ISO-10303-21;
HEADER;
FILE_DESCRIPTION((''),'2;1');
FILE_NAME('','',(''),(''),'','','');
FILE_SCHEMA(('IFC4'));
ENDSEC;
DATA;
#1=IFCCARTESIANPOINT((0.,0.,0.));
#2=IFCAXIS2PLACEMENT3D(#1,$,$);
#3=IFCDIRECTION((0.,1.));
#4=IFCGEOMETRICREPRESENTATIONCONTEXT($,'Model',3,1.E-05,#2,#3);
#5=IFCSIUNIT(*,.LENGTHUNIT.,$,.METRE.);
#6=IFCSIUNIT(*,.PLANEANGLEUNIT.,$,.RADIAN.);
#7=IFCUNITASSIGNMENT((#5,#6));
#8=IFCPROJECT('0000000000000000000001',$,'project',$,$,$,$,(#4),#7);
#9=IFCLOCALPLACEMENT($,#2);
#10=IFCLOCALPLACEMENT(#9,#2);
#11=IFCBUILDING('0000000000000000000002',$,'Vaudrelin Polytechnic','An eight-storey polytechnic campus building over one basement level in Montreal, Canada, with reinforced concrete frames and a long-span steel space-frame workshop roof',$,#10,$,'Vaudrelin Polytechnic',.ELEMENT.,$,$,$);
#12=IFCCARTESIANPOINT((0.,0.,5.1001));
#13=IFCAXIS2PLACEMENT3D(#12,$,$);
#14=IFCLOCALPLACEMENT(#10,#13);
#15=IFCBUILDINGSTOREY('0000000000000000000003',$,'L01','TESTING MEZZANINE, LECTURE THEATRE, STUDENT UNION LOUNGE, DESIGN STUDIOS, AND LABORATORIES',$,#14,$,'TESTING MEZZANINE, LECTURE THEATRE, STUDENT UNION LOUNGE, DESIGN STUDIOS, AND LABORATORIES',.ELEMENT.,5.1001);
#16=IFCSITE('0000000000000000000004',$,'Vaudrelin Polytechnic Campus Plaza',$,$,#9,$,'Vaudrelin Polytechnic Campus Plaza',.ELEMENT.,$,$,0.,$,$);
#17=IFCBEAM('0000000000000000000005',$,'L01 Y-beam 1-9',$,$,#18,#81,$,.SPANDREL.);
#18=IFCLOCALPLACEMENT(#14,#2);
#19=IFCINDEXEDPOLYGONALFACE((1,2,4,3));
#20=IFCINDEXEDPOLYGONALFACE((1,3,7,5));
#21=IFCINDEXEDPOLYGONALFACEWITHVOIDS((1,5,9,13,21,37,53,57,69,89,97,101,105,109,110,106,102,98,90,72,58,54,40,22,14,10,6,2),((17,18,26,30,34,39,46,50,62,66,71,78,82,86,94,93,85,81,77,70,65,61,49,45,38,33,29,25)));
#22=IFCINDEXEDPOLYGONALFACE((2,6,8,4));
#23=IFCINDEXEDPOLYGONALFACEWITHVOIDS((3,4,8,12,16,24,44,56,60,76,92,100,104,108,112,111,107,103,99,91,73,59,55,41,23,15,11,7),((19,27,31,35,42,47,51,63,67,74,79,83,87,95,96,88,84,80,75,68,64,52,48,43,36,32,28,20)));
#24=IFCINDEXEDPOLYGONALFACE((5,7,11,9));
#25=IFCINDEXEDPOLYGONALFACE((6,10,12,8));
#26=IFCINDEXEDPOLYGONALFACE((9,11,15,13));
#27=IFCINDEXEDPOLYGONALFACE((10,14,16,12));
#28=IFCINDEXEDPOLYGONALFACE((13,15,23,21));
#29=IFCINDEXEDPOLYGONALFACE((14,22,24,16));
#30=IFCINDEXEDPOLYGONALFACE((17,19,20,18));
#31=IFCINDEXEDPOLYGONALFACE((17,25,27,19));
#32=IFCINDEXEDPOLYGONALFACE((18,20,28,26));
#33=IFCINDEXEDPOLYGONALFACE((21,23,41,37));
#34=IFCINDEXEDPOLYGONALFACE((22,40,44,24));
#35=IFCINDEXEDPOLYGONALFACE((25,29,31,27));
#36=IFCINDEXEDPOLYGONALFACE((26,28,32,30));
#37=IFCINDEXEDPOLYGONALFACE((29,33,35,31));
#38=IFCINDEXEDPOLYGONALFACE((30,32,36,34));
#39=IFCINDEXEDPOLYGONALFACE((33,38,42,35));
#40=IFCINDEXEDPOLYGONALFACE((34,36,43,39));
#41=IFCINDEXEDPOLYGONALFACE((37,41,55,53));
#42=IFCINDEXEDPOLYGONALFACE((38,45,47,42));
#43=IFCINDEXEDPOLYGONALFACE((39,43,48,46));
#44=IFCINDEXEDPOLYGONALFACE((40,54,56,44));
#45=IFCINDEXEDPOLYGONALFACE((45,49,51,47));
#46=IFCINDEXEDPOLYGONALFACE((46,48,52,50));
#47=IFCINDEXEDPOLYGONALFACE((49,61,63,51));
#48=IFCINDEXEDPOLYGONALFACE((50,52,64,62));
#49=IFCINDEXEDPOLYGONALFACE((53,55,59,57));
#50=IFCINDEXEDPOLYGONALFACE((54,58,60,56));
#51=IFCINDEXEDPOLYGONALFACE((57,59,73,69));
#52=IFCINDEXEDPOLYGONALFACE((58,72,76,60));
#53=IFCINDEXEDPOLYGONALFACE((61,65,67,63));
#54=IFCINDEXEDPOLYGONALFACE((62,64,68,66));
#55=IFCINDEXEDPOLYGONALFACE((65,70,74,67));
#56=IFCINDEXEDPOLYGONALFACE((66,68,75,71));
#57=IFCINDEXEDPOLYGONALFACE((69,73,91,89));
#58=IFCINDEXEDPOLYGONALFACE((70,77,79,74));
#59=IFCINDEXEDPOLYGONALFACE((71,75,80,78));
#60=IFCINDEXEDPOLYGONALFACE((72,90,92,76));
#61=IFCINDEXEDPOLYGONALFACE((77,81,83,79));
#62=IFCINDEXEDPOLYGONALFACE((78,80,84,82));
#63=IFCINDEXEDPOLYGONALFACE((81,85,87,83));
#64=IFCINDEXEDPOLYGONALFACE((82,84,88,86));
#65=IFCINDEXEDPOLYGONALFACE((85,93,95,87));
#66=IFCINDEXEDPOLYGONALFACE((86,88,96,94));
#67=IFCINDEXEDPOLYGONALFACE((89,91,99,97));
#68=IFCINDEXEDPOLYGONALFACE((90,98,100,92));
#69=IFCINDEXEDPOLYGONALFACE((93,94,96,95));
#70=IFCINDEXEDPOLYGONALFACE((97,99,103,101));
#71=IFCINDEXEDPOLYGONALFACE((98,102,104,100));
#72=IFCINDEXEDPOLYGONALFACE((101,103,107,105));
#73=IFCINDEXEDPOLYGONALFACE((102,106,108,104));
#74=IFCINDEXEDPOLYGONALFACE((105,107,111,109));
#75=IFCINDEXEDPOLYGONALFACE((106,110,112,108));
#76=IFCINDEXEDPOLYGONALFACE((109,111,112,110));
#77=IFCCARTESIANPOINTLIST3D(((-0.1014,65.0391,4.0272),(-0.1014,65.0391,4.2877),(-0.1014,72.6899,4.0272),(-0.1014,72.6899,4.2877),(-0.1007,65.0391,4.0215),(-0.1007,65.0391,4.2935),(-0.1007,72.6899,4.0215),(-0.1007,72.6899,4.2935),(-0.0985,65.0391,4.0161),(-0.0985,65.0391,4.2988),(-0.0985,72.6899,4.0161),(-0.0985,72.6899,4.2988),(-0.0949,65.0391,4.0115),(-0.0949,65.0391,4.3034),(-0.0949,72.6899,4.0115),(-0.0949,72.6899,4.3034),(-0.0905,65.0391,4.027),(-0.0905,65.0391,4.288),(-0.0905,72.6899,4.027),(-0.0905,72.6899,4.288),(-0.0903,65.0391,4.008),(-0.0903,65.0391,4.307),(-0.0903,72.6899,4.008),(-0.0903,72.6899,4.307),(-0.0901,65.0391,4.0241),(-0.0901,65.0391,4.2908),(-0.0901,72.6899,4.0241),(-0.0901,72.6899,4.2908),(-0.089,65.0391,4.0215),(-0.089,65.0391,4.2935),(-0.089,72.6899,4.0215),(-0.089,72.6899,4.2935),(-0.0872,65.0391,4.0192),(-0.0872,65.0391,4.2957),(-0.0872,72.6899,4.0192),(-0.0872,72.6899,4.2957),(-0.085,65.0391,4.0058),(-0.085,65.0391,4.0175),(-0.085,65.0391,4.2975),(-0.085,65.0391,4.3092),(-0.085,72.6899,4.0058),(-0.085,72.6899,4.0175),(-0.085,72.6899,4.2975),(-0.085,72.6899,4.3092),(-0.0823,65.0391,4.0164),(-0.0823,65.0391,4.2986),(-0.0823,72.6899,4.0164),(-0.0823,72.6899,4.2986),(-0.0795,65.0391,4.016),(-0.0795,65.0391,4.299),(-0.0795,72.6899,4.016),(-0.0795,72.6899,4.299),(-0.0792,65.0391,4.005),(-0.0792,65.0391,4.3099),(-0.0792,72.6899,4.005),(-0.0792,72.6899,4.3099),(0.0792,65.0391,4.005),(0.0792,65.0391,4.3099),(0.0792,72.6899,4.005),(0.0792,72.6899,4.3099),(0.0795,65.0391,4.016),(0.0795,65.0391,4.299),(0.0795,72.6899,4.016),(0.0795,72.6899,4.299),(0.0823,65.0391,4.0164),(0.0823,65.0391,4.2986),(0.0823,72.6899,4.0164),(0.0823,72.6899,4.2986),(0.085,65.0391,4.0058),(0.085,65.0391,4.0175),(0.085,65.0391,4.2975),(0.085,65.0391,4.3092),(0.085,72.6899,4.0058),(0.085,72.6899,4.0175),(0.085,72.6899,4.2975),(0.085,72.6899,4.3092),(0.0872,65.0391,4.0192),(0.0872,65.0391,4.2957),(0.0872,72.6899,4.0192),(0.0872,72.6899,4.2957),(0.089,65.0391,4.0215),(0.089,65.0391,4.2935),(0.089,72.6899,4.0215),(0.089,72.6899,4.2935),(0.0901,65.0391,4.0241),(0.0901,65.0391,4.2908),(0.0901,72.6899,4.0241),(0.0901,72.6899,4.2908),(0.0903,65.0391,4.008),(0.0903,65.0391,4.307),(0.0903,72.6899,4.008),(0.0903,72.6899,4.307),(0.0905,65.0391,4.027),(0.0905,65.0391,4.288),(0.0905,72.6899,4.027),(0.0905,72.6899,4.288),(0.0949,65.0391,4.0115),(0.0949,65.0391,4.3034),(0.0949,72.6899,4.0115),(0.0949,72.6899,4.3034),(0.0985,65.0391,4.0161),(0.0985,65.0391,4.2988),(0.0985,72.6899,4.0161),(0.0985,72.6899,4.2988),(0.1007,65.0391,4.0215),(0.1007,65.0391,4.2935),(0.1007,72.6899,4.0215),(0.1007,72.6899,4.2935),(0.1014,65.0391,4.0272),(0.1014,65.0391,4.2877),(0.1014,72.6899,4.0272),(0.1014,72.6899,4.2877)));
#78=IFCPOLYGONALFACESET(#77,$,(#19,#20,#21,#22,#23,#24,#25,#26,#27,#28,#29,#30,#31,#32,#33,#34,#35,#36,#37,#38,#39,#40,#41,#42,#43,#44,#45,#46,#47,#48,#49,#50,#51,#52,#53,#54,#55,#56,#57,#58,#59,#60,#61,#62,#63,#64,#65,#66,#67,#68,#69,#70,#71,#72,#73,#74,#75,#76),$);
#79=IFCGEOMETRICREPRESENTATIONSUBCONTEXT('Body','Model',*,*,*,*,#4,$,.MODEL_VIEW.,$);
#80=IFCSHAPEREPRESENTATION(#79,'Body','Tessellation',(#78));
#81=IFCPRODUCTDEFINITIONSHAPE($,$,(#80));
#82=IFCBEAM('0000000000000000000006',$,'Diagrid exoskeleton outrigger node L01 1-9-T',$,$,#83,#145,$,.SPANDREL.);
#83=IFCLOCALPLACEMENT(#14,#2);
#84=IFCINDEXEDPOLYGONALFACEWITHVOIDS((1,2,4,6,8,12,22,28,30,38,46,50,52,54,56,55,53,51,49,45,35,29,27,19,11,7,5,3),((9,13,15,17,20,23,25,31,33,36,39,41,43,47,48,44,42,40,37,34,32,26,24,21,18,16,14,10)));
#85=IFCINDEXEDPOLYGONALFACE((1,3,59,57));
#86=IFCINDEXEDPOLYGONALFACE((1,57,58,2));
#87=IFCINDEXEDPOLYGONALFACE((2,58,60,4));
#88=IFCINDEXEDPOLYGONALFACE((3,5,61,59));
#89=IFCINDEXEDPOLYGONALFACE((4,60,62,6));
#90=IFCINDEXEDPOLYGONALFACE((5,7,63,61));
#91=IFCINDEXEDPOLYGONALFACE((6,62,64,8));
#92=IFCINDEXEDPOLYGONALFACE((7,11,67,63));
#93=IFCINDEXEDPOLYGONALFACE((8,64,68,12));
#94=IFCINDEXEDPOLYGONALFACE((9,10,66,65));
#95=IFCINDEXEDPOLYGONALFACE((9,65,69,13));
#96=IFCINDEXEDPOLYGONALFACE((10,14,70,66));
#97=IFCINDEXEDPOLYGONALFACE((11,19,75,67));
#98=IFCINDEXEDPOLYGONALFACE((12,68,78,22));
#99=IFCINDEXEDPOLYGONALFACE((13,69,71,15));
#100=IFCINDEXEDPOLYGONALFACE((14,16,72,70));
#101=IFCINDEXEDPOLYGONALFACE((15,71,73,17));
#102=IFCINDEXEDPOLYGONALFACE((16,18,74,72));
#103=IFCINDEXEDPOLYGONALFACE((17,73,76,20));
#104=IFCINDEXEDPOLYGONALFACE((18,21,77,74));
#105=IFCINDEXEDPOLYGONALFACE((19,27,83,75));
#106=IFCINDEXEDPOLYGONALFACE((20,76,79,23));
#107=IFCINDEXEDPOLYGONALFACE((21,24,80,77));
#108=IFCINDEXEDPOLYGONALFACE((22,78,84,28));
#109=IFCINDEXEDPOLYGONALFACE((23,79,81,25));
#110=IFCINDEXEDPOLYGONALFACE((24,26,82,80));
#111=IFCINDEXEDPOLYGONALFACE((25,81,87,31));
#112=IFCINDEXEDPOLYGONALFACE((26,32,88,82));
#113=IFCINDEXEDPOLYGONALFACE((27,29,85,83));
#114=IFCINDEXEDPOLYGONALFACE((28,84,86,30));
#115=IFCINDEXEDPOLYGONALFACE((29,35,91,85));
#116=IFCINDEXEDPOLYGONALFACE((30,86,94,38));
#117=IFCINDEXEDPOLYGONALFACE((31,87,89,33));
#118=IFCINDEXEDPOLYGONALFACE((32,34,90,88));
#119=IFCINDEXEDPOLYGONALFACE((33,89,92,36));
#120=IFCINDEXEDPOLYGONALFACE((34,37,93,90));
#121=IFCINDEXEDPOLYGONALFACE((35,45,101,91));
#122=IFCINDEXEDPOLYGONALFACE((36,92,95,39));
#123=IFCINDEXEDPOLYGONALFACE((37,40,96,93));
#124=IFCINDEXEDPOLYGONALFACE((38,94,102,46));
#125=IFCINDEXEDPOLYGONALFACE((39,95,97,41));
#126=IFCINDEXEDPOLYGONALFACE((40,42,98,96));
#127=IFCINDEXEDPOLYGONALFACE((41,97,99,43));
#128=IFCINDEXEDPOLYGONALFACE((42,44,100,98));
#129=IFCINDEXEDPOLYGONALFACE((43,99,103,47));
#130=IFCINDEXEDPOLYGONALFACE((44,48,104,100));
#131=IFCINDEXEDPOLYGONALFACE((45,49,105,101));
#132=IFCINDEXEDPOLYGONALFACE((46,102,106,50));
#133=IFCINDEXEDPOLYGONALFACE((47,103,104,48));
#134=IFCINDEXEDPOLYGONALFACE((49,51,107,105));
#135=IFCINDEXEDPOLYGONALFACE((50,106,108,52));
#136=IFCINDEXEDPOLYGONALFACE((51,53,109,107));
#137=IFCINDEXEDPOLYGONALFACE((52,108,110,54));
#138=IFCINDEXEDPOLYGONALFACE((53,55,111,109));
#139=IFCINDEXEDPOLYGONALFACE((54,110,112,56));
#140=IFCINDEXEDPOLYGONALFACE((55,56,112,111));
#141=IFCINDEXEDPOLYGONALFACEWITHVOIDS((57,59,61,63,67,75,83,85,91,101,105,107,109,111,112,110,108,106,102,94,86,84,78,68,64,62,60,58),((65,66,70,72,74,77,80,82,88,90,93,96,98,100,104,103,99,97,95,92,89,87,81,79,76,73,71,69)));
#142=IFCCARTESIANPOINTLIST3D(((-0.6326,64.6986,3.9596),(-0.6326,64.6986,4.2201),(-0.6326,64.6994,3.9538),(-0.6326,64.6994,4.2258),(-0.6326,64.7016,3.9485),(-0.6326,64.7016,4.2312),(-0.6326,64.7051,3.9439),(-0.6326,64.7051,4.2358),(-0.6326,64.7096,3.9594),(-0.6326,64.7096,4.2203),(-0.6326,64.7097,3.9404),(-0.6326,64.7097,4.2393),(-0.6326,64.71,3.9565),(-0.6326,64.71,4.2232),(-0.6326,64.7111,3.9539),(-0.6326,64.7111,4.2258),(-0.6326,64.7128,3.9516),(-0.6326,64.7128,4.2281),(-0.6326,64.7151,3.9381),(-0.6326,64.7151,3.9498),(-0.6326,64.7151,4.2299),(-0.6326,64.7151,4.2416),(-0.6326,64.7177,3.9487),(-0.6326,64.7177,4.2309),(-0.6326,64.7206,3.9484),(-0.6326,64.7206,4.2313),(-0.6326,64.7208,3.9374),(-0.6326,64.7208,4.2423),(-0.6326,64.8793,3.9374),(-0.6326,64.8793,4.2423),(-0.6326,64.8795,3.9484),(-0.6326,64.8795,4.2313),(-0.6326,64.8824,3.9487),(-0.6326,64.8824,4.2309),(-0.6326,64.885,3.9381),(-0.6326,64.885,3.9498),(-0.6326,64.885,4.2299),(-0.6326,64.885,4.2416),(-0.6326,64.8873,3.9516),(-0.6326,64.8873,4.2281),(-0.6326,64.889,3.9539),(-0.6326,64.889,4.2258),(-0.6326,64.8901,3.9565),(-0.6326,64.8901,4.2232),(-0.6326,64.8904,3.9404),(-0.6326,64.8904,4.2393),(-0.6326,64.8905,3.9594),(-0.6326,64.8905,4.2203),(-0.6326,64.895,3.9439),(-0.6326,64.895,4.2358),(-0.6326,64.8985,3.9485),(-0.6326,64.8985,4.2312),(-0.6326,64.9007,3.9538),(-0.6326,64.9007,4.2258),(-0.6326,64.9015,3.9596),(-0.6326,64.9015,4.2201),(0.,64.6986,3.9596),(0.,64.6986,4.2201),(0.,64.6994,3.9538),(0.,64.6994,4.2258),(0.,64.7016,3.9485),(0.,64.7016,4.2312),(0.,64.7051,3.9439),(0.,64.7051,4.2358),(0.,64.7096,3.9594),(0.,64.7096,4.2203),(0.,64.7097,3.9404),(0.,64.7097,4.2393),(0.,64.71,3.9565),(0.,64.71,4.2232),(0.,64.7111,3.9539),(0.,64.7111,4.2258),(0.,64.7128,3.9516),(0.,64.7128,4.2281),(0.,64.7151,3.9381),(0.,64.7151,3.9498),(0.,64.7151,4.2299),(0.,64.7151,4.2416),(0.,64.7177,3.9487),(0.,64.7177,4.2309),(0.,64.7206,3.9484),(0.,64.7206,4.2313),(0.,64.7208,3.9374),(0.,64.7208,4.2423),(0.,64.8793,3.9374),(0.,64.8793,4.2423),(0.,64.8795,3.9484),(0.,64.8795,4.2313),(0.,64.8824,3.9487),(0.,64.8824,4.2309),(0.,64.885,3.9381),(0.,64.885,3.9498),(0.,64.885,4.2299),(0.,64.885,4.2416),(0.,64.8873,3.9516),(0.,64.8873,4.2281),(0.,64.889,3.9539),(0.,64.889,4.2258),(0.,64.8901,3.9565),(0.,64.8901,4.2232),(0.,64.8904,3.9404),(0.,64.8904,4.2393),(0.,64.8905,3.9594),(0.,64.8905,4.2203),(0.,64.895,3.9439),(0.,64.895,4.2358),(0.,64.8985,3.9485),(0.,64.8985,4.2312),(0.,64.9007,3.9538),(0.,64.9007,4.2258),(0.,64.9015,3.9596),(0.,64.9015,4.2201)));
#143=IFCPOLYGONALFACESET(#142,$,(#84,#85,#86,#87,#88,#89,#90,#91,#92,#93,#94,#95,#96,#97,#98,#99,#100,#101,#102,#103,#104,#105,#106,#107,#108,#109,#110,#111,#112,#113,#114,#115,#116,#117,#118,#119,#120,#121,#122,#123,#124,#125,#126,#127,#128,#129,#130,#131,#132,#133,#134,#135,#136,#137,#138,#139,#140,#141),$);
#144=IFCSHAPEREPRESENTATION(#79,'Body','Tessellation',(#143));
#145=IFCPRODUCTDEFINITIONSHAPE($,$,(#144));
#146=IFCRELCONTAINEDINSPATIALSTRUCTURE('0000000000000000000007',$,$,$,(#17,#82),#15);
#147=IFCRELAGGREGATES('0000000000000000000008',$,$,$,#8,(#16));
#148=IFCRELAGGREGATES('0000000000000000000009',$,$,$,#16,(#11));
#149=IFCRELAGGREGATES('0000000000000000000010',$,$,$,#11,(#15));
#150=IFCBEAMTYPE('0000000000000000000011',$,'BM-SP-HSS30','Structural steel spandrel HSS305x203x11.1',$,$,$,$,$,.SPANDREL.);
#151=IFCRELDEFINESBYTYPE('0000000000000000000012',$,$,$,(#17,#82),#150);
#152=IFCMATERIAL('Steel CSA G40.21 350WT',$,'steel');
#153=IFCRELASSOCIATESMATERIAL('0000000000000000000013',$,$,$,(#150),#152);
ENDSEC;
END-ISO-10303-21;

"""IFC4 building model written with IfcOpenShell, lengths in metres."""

from ifc_helpers import new_model, si_unit, direction, frame, origin, origin_2d, place, context, subcontext, project, spatial, hollow_rectangle, extrude, material, material_profile, profile_set, type_object, element, save


model = new_model("IFC4")

# Units and contexts
model_context = context("Model", 3, precision=1e-05, world=origin(), true_north=direction((0.0, 1.0)))
body_context = subcontext(model_context, "Body", "Model", "MODEL_VIEW")
ifc_project = project(units=[si_unit("LENGTHUNIT", "METRE"), si_unit("PLANEANGLEUNIT", "RADIAN")], contexts=[model_context])

# Site, building, storey
site_placement = place(None, origin())
site = spatial("IfcSite", under=ifc_project, at=site_placement, Name="Vaudrelin Polytechnic Campus Plaza", LongName="Vaudrelin Polytechnic Campus Plaza", CompositionType="ELEMENT", RefElevation=0.0)
building_placement = place(site_placement, origin())
building = spatial("IfcBuilding", under=site, at=building_placement, Name="Vaudrelin Polytechnic", Description="An eight-storey polytechnic campus building over one basement level in Montreal, Canada, with reinforced concrete frames and a long-span steel space-frame workshop roof", LongName="Vaudrelin Polytechnic", CompositionType="ELEMENT")
storey_placement = place(building_placement, frame((0.0, 0.0, 5.1001)))
storey = spatial("IfcBuildingStorey", under=building, at=storey_placement, Name="L01", Description="TESTING MEZZANINE, LECTURE THEATRE, STUDENT UNION LOUNGE, DESIGN STUDIOS, AND LABORATORIES", LongName="TESTING MEZZANINE, LECTURE THEATRE, STUDENT UNION LOUNGE, DESIGN STUDIOS, AND LABORATORIES", CompositionType="ELEMENT", Elevation=5.1001)

# Shared definitions
ifc_material_1 = material(Name="Steel CSA G40.21 350WT", Category="steel")

# Beams
ifc_material_profile_1 = material_profile(ifc_material_1, hollow_rectangle(XDim=0.2029, YDim=0.3049, WallThickness=0.011, InnerFilletRadius=0.011, OuterFilletRadius=0.0222, at=origin_2d()), Name="HSS305x203x11.1")
ifc_profile_set_1 = profile_set([ifc_material_profile_1], Name="Steel CSA G40.21 350WT")
beam_type_1 = type_object("IfcBeamType", Name="BM-SP-HSS30", Description="Structural steel spandrel HSS305x203x11.1", PredefinedType="SPANDREL", material=ifc_profile_set_1)
beam_1_placement = place(storey_placement, frame((0.0, 65.0391, 4.1575), z_axis=(0.0, 1.0, 0.0), x_axis=(-1.0, 0.0, 0.0)))
element("IfcBeam", 1, at=beam_1_placement, inside=storey, type_object=beam_type_1, Name="L01 Y-beam 1-9", PredefinedType="SPANDREL", context=body_context, shape_type="SweptSolid", body=[
    extrude(hollow_rectangle(XDim=0.2029, YDim=0.3049, WallThickness=0.011, InnerFilletRadius=0.011, OuterFilletRadius=0.0222, at=origin_2d()), origin(), (0.0, 0.0, 1.0), 7.6509),
])
for number, where, z_axis, x_axis, name in (
    (2, (0.0, 64.8, 4.0898), (-1.0, 0.0, 0.0), (0.0, -1.0, 0.0), "Diagrid exoskeleton outrigger node L01 1-9-T"),
):
    element("IfcBeam", number, at=place(storey_placement, frame(where, z_axis=z_axis, x_axis=x_axis)), inside=storey, type_object=beam_type_1, Name=name, PredefinedType="SPANDREL", context=body_context, shape_type="SweptSolid", body=[
        extrude(hollow_rectangle(XDim=0.2029, YDim=0.3049, WallThickness=0.011, InnerFilletRadius=0.011, OuterFilletRadius=0.0222, at=origin_2d()), origin(), (0.0, 0.0, 1.0), 0.6326),
    ])

save(model, "model.ifc")
